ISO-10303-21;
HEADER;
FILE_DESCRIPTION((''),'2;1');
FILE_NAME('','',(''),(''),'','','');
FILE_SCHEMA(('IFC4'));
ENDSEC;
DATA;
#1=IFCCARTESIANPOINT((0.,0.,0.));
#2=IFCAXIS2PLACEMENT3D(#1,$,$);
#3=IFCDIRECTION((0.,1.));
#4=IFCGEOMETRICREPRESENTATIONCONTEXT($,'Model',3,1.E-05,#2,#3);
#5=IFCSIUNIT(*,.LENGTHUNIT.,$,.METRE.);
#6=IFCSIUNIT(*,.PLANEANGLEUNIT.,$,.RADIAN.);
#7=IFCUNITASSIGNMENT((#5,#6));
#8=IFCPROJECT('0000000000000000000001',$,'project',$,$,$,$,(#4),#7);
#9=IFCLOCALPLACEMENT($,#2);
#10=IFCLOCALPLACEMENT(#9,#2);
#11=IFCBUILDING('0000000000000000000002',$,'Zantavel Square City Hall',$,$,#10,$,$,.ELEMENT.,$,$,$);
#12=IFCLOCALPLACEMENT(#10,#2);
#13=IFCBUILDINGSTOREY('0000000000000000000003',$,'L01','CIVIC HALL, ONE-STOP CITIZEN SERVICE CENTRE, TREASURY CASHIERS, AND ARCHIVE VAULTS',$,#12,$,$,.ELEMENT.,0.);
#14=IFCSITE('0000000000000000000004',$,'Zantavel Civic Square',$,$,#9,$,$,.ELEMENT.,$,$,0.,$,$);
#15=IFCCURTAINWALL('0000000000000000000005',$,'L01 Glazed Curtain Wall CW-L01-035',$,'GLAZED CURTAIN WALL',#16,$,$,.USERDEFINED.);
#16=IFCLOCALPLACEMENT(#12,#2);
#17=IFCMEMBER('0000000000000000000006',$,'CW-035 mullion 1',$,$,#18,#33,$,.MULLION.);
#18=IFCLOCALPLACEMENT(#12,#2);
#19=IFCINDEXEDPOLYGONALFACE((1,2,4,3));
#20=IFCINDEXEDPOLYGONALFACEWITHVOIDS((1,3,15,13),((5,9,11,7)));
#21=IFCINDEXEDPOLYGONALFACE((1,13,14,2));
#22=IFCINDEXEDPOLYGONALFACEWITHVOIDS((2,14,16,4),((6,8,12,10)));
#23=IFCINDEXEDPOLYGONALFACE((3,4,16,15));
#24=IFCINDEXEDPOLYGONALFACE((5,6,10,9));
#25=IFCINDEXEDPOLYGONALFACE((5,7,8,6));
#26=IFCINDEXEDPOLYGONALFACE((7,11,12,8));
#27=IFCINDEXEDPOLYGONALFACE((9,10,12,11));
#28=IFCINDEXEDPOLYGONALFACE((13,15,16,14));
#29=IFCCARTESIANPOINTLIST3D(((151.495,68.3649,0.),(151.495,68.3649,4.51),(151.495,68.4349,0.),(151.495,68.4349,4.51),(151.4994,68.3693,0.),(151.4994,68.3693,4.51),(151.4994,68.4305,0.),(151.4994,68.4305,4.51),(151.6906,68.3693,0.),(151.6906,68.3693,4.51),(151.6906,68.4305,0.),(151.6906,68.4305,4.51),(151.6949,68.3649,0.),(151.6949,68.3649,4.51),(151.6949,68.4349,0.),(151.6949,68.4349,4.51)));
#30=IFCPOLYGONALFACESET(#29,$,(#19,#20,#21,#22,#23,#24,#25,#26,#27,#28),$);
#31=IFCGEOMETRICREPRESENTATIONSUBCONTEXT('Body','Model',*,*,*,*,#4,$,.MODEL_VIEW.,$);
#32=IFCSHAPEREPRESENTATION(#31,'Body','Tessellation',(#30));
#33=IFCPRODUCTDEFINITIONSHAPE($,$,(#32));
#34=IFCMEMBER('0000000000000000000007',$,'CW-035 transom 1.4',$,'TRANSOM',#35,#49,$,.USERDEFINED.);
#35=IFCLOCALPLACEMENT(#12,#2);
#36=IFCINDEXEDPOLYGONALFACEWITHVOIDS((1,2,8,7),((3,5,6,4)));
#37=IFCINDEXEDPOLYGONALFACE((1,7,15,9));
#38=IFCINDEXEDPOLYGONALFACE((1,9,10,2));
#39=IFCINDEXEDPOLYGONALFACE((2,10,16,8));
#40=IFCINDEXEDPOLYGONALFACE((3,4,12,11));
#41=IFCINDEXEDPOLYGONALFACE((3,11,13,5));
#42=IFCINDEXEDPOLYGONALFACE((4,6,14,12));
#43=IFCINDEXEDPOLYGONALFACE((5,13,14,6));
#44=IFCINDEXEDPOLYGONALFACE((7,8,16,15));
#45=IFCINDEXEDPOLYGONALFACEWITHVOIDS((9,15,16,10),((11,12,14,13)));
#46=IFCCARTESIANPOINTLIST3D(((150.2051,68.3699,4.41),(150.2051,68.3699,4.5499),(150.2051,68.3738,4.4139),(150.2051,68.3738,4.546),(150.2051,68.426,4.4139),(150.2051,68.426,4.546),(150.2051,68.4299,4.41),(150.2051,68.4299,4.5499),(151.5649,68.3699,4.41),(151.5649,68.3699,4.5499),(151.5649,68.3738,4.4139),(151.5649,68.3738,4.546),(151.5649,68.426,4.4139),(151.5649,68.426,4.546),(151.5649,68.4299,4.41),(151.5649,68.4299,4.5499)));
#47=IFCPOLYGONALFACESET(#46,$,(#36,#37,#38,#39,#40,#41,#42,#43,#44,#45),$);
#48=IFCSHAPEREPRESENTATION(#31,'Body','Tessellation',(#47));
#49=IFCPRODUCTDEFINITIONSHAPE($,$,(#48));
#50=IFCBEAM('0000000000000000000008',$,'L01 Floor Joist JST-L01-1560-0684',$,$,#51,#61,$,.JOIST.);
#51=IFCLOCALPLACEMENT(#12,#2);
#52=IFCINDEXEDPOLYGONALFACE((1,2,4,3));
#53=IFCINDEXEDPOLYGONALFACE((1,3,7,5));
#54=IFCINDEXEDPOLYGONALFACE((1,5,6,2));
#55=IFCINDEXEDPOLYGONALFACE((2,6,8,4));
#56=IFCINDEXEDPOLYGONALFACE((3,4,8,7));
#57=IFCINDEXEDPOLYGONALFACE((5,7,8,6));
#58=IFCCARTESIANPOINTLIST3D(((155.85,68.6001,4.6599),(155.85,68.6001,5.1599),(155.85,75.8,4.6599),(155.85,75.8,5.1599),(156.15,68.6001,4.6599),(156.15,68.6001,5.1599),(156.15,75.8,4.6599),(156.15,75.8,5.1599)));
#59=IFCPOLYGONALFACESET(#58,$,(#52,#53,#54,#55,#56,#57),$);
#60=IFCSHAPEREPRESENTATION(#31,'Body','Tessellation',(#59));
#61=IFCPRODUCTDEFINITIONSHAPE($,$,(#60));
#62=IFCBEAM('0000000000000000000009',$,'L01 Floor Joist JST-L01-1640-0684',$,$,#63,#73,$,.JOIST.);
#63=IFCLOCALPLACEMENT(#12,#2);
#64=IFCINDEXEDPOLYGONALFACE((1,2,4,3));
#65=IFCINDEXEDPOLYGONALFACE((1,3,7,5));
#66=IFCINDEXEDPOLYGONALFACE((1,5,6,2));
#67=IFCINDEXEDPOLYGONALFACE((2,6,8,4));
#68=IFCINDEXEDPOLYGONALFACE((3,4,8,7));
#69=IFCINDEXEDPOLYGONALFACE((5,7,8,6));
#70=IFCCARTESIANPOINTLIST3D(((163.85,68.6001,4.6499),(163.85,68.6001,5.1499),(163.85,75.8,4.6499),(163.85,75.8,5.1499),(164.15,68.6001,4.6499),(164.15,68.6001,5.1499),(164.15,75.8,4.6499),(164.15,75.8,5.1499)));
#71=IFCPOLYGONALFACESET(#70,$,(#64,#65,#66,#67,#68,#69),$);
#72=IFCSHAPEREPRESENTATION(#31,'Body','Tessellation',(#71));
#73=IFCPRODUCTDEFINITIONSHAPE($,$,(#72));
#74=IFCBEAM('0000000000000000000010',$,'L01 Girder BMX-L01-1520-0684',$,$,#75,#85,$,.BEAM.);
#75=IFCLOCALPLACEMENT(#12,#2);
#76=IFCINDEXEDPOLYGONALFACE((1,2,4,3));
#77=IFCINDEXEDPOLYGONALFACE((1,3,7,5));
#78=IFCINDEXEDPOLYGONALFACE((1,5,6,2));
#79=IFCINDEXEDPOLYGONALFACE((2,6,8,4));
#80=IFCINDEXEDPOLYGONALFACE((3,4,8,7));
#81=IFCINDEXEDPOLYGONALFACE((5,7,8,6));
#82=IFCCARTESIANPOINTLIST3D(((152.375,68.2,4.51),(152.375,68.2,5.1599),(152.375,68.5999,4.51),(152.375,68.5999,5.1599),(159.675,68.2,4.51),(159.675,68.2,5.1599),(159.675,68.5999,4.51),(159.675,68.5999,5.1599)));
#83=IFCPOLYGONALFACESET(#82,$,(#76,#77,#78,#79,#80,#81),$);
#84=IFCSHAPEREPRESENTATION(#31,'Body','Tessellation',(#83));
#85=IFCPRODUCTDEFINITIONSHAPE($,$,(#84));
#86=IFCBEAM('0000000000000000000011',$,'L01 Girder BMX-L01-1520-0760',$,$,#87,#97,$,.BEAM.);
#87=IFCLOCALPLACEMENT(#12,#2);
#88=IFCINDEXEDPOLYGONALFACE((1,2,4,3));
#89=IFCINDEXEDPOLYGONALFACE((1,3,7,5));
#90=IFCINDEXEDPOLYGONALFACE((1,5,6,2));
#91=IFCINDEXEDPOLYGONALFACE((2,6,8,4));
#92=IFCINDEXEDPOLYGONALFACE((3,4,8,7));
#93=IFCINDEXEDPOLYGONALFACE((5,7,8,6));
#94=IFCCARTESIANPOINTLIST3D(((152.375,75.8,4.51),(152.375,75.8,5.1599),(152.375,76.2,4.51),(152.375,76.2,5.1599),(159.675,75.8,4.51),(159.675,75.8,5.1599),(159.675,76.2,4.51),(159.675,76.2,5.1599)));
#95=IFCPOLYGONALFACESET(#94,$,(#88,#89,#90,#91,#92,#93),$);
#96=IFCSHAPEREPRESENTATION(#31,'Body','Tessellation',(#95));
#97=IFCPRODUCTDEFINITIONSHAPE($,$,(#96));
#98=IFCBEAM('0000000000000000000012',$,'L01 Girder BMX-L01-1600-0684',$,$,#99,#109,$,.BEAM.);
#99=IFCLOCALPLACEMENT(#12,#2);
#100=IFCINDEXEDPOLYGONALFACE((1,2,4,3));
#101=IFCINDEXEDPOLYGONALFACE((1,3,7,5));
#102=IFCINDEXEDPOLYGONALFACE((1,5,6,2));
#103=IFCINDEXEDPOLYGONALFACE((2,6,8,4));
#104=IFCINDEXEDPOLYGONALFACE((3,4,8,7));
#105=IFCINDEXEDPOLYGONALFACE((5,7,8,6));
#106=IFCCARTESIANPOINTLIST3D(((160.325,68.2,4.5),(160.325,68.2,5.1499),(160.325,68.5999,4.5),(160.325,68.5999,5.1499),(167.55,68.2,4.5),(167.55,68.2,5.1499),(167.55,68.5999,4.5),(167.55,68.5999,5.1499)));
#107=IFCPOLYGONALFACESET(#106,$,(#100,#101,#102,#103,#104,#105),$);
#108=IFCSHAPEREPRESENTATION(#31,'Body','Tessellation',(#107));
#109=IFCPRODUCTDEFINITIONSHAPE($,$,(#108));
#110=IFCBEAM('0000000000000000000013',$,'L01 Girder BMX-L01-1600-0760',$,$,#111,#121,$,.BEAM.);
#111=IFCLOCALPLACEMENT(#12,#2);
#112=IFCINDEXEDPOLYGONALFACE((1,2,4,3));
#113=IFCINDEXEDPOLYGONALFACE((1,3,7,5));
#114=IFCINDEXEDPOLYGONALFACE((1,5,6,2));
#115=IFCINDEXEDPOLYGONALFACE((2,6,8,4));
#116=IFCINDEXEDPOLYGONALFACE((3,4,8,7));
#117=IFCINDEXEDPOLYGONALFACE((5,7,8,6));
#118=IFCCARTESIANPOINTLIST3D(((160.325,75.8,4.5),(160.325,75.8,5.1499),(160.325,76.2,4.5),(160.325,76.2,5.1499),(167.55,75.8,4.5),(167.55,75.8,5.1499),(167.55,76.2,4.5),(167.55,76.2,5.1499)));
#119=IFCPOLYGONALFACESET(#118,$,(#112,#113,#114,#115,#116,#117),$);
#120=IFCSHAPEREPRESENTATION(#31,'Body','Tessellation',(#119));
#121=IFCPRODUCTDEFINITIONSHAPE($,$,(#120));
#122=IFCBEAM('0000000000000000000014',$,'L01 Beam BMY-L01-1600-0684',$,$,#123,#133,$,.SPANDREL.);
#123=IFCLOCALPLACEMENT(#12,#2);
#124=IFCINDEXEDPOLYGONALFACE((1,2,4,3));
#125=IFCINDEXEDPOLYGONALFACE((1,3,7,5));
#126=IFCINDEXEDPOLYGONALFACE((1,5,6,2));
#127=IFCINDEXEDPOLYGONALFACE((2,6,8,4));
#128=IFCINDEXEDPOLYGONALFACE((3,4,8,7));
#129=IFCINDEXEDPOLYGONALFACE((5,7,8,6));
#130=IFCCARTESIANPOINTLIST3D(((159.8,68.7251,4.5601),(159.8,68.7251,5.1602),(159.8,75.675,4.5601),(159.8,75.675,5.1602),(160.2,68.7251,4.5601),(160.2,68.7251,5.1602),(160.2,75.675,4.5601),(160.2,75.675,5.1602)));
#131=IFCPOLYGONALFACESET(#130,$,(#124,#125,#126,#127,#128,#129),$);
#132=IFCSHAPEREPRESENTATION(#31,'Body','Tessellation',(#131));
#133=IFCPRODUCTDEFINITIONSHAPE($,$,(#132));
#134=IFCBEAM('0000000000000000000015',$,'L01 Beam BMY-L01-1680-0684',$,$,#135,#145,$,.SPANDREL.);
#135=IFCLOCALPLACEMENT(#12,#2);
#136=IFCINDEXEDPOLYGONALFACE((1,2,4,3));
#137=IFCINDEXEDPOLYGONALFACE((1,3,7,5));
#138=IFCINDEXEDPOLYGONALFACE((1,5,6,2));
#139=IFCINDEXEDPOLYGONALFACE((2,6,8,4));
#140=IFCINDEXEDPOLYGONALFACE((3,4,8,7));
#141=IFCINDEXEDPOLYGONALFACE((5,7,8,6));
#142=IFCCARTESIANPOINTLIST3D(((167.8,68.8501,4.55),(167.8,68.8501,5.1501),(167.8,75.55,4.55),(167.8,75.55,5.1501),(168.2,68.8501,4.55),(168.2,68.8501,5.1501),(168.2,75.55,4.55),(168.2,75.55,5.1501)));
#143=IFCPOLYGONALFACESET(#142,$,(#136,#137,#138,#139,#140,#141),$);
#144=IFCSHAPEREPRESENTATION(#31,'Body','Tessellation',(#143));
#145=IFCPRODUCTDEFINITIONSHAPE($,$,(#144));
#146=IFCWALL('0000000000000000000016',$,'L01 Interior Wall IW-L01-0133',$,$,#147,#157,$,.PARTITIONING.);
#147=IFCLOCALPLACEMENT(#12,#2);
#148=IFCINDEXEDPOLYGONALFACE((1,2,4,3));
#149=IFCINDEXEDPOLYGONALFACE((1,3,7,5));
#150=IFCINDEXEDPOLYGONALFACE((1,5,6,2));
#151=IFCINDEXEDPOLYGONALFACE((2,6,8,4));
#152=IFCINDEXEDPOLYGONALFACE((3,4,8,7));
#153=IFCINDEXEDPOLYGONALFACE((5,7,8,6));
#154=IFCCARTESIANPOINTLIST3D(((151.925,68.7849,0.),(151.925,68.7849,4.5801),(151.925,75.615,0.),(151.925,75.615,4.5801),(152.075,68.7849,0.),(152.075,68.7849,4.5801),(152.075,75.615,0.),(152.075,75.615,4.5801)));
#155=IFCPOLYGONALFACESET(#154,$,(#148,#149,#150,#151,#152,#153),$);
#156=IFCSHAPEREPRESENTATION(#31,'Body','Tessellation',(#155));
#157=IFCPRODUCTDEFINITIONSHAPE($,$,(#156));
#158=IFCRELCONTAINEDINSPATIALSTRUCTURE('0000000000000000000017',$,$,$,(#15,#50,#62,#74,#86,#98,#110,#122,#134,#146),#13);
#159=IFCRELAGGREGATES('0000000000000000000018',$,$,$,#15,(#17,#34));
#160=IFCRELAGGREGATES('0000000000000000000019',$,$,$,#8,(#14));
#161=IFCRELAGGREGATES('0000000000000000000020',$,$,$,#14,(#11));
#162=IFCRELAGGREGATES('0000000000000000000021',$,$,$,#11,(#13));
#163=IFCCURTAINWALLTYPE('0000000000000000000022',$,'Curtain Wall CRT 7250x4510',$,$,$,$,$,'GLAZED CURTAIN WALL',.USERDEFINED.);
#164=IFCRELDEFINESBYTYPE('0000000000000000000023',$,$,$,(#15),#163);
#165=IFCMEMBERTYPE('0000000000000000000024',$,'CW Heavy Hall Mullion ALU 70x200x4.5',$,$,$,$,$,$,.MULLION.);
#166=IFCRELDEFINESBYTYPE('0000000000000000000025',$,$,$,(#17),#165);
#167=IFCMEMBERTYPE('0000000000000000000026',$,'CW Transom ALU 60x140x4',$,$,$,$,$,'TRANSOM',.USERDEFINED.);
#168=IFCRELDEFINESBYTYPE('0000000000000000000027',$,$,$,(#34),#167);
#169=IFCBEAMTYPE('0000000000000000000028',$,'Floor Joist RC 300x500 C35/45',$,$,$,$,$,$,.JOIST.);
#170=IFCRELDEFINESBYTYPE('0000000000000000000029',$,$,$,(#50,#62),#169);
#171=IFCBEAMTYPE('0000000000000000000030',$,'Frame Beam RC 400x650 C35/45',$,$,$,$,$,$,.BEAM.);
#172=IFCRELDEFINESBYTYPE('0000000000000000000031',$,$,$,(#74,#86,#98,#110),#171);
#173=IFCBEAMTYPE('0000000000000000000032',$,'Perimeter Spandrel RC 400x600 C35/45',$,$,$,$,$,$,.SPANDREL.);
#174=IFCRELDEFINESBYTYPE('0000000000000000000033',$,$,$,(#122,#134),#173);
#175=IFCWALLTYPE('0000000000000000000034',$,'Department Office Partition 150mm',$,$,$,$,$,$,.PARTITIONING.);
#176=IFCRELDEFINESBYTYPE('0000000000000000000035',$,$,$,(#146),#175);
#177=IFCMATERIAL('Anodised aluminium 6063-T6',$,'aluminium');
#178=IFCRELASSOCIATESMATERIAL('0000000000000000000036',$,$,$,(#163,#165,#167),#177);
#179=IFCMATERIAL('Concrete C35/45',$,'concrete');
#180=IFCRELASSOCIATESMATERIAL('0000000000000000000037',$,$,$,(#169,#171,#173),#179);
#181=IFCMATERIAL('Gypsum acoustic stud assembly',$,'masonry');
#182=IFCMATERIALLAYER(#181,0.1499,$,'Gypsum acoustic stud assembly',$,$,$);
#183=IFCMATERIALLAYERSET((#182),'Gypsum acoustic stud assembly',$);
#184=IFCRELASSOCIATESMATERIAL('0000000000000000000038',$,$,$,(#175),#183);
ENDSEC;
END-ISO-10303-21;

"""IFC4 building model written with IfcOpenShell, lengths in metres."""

from ifc_helpers import new_model, si_unit, direction, frame, frame_2d, origin, origin_2d, place, context, subcontext, project, spatial, rectangle, hollow_rectangle, extrude, material, layer, layer_set, material_profile, profile_set, type_object, element, aggregate, save


model = new_model("IFC4")

# Units and contexts
model_context = context("Model", 3, precision=1e-05, world=origin(), true_north=direction((0.0, 1.0)))
body_context = subcontext(model_context, "Body", "Model", "MODEL_VIEW")
ifc_project = project(units=[si_unit("LENGTHUNIT", "METRE"), si_unit("PLANEANGLEUNIT", "RADIAN")], contexts=[model_context])

# Site, building, storey
site_placement = place(None, origin())
site = spatial("IfcSite", under=ifc_project, at=site_placement, Name="Zantavel Civic Square", CompositionType="ELEMENT", RefElevation=0.0)
building_placement = place(site_placement, origin())
building = spatial("IfcBuilding", under=site, at=building_placement, Name="Zantavel Square City Hall", CompositionType="ELEMENT")
storey_placement = place(building_placement, origin())
storey = spatial("IfcBuildingStorey", under=building, at=storey_placement, Name="L01", Description="CIVIC HALL, ONE-STOP CITIZEN SERVICE CENTRE, TREASURY CASHIERS, AND ARCHIVE VAULTS", CompositionType="ELEMENT", Elevation=0.0)

# Shared definitions
ifc_material_1 = material(Name="Concrete C35/45", Category="concrete")

# Curtain wall, members
ifc_material_2 = material(Name="Anodised aluminium 6063-T6", Category="aluminium")
curtain_wall_type = type_object("IfcCurtainWallType", Name="Curtain Wall CRT 7250x4510", ElementType="GLAZED CURTAIN WALL", PredefinedType="USERDEFINED", material=ifc_material_2)
curtain_wall_placement = place(storey_placement, origin())
curtain_wall = element("IfcCurtainWall", 1, at=curtain_wall_placement, inside=storey, type_object=curtain_wall_type, Name="L01 Glazed Curtain Wall CW-L01-035", ObjectType="GLAZED CURTAIN WALL", PredefinedType="USERDEFINED")
ifc_material_profile_1 = material_profile(ifc_material_2, hollow_rectangle(XDim=0.0701, YDim=0.2, WallThickness=0.0044, at=origin_2d()), Name="ALU 70x200x4.5")
ifc_profile_set_1 = profile_set([ifc_material_profile_1], Name="Anodised aluminium 6063-T6")
member_type_1 = type_object("IfcMemberType", Name="CW Heavy Hall Mullion ALU 70x200x4.5", PredefinedType="MULLION", material=ifc_profile_set_1)
member_1_placement = place(storey_placement, frame((151.595, 68.3999, 0.0), z_axis=(0.0, 0.0, 1.0), x_axis=(0.0, -1.0, 0.0)))
member_1 = element("IfcMember", 2, at=member_1_placement, type_object=member_type_1, Name="CW-035 mullion 1", PredefinedType="MULLION", context=body_context, shape_type="SweptSolid", body=[
    extrude(hollow_rectangle(XDim=0.0701, YDim=0.2, WallThickness=0.0044, at=origin_2d()), origin(), (0.0, 0.0, 1.0), 4.51),
])
ifc_material_profile_2 = material_profile(ifc_material_2, hollow_rectangle(XDim=0.0601, YDim=0.1399, WallThickness=0.0039, at=origin_2d()), Name="ALU 60x140x4")
ifc_profile_set_2 = profile_set([ifc_material_profile_2], Name="Anodised aluminium 6063-T6")
member_type_2 = type_object("IfcMemberType", Name="CW Transom ALU 60x140x4", ElementType="TRANSOM", PredefinedType="USERDEFINED", material=ifc_profile_set_2)
member_2_placement = place(storey_placement, frame((151.5649, 68.3999, 4.48), z_axis=(-1.0, 0.0, 0.0), x_axis=(0.0, -1.0, 0.0)))
member_2 = element("IfcMember", 3, at=member_2_placement, type_object=member_type_2, Name="CW-035 transom 1.4", ObjectType="TRANSOM", PredefinedType="USERDEFINED", context=body_context, shape_type="SweptSolid", body=[
    extrude(hollow_rectangle(XDim=0.0601, YDim=0.1399, WallThickness=0.0039, at=origin_2d()), origin(), (0.0, 0.0, 1.0), 1.3599),
])
aggregate(curtain_wall, [member_1, member_2])

# Beams
ifc_material_profile_3 = material_profile(ifc_material_1, rectangle(XDim=0.3, YDim=0.5, at=origin_2d()), Name="RC 300x500")
ifc_profile_set_3 = profile_set([ifc_material_profile_3], Name="Concrete C35/45")
beam_type_1 = type_object("IfcBeamType", Name="Floor Joist RC 300x500 C35/45", PredefinedType="JOIST", material=ifc_profile_set_3)
for number, where, z_axis, x_axis, name in (
    (4, (156.0, 68.6001, 4.9099), (0.0, 1.0, 0.0), (-1.0, 0.0, 0.0), "L01 Floor Joist JST-L01-1560-0684"),
    (5, (164.0, 68.6001, 4.8999), (0.0, 1.0, 0.0), (-1.0, 0.0, 0.0), "L01 Floor Joist JST-L01-1640-0684"),
):
    element("IfcBeam", number, at=place(storey_placement, frame(where, z_axis=z_axis, x_axis=x_axis)), inside=storey, type_object=beam_type_1, Name=name, PredefinedType="JOIST", context=body_context, shape_type="SweptSolid", body=[
        extrude(rectangle(XDim=0.3, YDim=0.5, at=origin_2d()), origin(), (0.0, 0.0, 1.0), 7.2),
    ])
ifc_material_profile_4 = material_profile(ifc_material_1, rectangle(XDim=0.3999, YDim=0.6499, at=origin_2d()), Name="RC 400x650")
ifc_profile_set_4 = profile_set([ifc_material_profile_4], Name="Concrete C35/45")
beam_type_2 = type_object("IfcBeamType", Name="Frame Beam RC 400x650 C35/45", PredefinedType="BEAM", material=ifc_profile_set_4)
for number, where, z_axis, x_axis, name in (
    (6, (152.375, 68.3999, 4.835), (1.0, 0.0, 0.0), (0.0, 1.0, 0.0), "L01 Girder BMX-L01-1520-0684"),
    (7, (152.375, 76.0, 4.835), (1.0, 0.0, 0.0), (0.0, 1.0, 0.0), "L01 Girder BMX-L01-1520-0760"),
):
    element("IfcBeam", number, at=place(storey_placement, frame(where, z_axis=z_axis, x_axis=x_axis)), inside=storey, type_object=beam_type_2, Name=name, PredefinedType="BEAM", context=body_context, shape_type="SweptSolid", body=[
        extrude(rectangle(XDim=0.3999, YDim=0.6499, at=origin_2d()), origin(), (0.0, 0.0, 1.0), 7.3),
    ])
for number, where, z_axis, x_axis, name in (
    (8, (160.325, 68.3999, 4.825), (1.0, 0.0, 0.0), (0.0, 1.0, 0.0), "L01 Girder BMX-L01-1600-0684"),
    (9, (160.325, 76.0, 4.825), (1.0, 0.0, 0.0), (0.0, 1.0, 0.0), "L01 Girder BMX-L01-1600-0760"),
):
    element("IfcBeam", number, at=place(storey_placement, frame(where, z_axis=z_axis, x_axis=x_axis)), inside=storey, type_object=beam_type_2, Name=name, PredefinedType="BEAM", context=body_context, shape_type="SweptSolid", body=[
        extrude(rectangle(XDim=0.3999, YDim=0.6499, at=origin_2d()), origin(), (0.0, 0.0, 1.0), 7.2251),
    ])
ifc_material_profile_5 = material_profile(ifc_material_1, rectangle(XDim=0.3999, YDim=0.6001, at=origin_2d()), Name="RC 400x600")
ifc_profile_set_5 = profile_set([ifc_material_profile_5], Name="Concrete C35/45")
beam_type_3 = type_object("IfcBeamType", Name="Perimeter Spandrel RC 400x600 C35/45", PredefinedType="SPANDREL", material=ifc_profile_set_5)
beam_1_placement = place(storey_placement, frame((160.0, 68.7251, 4.8601), z_axis=(0.0, 1.0, 0.0), x_axis=(-1.0, 0.0, 0.0)))
element("IfcBeam", 10, at=beam_1_placement, inside=storey, type_object=beam_type_3, Name="L01 Beam BMY-L01-1600-0684", PredefinedType="SPANDREL", context=body_context, shape_type="SweptSolid", body=[
    extrude(rectangle(XDim=0.3999, YDim=0.6001, at=origin_2d()), origin(), (0.0, 0.0, 1.0), 6.95),
])
beam_2_placement = place(storey_placement, frame((168.0, 68.8501, 4.8501), z_axis=(0.0, 1.0, 0.0), x_axis=(-1.0, 0.0, 0.0)))
element("IfcBeam", 11, at=beam_2_placement, inside=storey, type_object=beam_type_3, Name="L01 Beam BMY-L01-1680-0684", PredefinedType="SPANDREL", context=body_context, shape_type="SweptSolid", body=[
    extrude(rectangle(XDim=0.3999, YDim=0.6001, at=origin_2d()), origin(), (0.0, 0.0, 1.0), 6.7),
])

# Wall
ifc_material_3 = material(Name="Gypsum acoustic stud assembly", Category="masonry")
ifc_layer_1 = layer(ifc_material_3, 0.1499, Name="Gypsum acoustic stud assembly")
ifc_layer_set_1 = layer_set([ifc_layer_1], Name="Gypsum acoustic stud assembly")
wall_type_1 = type_object("IfcWallType", Name="Department Office Partition 150mm", PredefinedType="PARTITIONING", material=ifc_layer_set_1)
wall_1_placement = place(storey_placement, frame((152.0, 68.7849, 0.0), z_axis=(0.0, 0.0, 1.0), x_axis=(0.0, 1.0, 0.0)))
element("IfcWall", 12, at=wall_1_placement, inside=storey, type_object=wall_type_1, Name="L01 Interior Wall IW-L01-0133", PredefinedType="PARTITIONING", context=body_context, shape_type="SweptSolid", body=[
    extrude(rectangle(XDim=6.8301, YDim=0.1499, at=frame_2d((3.415, 0.0))), origin(), (0.0, 0.0, 1.0), 4.5801),
])

save(model, "model.ifc")
